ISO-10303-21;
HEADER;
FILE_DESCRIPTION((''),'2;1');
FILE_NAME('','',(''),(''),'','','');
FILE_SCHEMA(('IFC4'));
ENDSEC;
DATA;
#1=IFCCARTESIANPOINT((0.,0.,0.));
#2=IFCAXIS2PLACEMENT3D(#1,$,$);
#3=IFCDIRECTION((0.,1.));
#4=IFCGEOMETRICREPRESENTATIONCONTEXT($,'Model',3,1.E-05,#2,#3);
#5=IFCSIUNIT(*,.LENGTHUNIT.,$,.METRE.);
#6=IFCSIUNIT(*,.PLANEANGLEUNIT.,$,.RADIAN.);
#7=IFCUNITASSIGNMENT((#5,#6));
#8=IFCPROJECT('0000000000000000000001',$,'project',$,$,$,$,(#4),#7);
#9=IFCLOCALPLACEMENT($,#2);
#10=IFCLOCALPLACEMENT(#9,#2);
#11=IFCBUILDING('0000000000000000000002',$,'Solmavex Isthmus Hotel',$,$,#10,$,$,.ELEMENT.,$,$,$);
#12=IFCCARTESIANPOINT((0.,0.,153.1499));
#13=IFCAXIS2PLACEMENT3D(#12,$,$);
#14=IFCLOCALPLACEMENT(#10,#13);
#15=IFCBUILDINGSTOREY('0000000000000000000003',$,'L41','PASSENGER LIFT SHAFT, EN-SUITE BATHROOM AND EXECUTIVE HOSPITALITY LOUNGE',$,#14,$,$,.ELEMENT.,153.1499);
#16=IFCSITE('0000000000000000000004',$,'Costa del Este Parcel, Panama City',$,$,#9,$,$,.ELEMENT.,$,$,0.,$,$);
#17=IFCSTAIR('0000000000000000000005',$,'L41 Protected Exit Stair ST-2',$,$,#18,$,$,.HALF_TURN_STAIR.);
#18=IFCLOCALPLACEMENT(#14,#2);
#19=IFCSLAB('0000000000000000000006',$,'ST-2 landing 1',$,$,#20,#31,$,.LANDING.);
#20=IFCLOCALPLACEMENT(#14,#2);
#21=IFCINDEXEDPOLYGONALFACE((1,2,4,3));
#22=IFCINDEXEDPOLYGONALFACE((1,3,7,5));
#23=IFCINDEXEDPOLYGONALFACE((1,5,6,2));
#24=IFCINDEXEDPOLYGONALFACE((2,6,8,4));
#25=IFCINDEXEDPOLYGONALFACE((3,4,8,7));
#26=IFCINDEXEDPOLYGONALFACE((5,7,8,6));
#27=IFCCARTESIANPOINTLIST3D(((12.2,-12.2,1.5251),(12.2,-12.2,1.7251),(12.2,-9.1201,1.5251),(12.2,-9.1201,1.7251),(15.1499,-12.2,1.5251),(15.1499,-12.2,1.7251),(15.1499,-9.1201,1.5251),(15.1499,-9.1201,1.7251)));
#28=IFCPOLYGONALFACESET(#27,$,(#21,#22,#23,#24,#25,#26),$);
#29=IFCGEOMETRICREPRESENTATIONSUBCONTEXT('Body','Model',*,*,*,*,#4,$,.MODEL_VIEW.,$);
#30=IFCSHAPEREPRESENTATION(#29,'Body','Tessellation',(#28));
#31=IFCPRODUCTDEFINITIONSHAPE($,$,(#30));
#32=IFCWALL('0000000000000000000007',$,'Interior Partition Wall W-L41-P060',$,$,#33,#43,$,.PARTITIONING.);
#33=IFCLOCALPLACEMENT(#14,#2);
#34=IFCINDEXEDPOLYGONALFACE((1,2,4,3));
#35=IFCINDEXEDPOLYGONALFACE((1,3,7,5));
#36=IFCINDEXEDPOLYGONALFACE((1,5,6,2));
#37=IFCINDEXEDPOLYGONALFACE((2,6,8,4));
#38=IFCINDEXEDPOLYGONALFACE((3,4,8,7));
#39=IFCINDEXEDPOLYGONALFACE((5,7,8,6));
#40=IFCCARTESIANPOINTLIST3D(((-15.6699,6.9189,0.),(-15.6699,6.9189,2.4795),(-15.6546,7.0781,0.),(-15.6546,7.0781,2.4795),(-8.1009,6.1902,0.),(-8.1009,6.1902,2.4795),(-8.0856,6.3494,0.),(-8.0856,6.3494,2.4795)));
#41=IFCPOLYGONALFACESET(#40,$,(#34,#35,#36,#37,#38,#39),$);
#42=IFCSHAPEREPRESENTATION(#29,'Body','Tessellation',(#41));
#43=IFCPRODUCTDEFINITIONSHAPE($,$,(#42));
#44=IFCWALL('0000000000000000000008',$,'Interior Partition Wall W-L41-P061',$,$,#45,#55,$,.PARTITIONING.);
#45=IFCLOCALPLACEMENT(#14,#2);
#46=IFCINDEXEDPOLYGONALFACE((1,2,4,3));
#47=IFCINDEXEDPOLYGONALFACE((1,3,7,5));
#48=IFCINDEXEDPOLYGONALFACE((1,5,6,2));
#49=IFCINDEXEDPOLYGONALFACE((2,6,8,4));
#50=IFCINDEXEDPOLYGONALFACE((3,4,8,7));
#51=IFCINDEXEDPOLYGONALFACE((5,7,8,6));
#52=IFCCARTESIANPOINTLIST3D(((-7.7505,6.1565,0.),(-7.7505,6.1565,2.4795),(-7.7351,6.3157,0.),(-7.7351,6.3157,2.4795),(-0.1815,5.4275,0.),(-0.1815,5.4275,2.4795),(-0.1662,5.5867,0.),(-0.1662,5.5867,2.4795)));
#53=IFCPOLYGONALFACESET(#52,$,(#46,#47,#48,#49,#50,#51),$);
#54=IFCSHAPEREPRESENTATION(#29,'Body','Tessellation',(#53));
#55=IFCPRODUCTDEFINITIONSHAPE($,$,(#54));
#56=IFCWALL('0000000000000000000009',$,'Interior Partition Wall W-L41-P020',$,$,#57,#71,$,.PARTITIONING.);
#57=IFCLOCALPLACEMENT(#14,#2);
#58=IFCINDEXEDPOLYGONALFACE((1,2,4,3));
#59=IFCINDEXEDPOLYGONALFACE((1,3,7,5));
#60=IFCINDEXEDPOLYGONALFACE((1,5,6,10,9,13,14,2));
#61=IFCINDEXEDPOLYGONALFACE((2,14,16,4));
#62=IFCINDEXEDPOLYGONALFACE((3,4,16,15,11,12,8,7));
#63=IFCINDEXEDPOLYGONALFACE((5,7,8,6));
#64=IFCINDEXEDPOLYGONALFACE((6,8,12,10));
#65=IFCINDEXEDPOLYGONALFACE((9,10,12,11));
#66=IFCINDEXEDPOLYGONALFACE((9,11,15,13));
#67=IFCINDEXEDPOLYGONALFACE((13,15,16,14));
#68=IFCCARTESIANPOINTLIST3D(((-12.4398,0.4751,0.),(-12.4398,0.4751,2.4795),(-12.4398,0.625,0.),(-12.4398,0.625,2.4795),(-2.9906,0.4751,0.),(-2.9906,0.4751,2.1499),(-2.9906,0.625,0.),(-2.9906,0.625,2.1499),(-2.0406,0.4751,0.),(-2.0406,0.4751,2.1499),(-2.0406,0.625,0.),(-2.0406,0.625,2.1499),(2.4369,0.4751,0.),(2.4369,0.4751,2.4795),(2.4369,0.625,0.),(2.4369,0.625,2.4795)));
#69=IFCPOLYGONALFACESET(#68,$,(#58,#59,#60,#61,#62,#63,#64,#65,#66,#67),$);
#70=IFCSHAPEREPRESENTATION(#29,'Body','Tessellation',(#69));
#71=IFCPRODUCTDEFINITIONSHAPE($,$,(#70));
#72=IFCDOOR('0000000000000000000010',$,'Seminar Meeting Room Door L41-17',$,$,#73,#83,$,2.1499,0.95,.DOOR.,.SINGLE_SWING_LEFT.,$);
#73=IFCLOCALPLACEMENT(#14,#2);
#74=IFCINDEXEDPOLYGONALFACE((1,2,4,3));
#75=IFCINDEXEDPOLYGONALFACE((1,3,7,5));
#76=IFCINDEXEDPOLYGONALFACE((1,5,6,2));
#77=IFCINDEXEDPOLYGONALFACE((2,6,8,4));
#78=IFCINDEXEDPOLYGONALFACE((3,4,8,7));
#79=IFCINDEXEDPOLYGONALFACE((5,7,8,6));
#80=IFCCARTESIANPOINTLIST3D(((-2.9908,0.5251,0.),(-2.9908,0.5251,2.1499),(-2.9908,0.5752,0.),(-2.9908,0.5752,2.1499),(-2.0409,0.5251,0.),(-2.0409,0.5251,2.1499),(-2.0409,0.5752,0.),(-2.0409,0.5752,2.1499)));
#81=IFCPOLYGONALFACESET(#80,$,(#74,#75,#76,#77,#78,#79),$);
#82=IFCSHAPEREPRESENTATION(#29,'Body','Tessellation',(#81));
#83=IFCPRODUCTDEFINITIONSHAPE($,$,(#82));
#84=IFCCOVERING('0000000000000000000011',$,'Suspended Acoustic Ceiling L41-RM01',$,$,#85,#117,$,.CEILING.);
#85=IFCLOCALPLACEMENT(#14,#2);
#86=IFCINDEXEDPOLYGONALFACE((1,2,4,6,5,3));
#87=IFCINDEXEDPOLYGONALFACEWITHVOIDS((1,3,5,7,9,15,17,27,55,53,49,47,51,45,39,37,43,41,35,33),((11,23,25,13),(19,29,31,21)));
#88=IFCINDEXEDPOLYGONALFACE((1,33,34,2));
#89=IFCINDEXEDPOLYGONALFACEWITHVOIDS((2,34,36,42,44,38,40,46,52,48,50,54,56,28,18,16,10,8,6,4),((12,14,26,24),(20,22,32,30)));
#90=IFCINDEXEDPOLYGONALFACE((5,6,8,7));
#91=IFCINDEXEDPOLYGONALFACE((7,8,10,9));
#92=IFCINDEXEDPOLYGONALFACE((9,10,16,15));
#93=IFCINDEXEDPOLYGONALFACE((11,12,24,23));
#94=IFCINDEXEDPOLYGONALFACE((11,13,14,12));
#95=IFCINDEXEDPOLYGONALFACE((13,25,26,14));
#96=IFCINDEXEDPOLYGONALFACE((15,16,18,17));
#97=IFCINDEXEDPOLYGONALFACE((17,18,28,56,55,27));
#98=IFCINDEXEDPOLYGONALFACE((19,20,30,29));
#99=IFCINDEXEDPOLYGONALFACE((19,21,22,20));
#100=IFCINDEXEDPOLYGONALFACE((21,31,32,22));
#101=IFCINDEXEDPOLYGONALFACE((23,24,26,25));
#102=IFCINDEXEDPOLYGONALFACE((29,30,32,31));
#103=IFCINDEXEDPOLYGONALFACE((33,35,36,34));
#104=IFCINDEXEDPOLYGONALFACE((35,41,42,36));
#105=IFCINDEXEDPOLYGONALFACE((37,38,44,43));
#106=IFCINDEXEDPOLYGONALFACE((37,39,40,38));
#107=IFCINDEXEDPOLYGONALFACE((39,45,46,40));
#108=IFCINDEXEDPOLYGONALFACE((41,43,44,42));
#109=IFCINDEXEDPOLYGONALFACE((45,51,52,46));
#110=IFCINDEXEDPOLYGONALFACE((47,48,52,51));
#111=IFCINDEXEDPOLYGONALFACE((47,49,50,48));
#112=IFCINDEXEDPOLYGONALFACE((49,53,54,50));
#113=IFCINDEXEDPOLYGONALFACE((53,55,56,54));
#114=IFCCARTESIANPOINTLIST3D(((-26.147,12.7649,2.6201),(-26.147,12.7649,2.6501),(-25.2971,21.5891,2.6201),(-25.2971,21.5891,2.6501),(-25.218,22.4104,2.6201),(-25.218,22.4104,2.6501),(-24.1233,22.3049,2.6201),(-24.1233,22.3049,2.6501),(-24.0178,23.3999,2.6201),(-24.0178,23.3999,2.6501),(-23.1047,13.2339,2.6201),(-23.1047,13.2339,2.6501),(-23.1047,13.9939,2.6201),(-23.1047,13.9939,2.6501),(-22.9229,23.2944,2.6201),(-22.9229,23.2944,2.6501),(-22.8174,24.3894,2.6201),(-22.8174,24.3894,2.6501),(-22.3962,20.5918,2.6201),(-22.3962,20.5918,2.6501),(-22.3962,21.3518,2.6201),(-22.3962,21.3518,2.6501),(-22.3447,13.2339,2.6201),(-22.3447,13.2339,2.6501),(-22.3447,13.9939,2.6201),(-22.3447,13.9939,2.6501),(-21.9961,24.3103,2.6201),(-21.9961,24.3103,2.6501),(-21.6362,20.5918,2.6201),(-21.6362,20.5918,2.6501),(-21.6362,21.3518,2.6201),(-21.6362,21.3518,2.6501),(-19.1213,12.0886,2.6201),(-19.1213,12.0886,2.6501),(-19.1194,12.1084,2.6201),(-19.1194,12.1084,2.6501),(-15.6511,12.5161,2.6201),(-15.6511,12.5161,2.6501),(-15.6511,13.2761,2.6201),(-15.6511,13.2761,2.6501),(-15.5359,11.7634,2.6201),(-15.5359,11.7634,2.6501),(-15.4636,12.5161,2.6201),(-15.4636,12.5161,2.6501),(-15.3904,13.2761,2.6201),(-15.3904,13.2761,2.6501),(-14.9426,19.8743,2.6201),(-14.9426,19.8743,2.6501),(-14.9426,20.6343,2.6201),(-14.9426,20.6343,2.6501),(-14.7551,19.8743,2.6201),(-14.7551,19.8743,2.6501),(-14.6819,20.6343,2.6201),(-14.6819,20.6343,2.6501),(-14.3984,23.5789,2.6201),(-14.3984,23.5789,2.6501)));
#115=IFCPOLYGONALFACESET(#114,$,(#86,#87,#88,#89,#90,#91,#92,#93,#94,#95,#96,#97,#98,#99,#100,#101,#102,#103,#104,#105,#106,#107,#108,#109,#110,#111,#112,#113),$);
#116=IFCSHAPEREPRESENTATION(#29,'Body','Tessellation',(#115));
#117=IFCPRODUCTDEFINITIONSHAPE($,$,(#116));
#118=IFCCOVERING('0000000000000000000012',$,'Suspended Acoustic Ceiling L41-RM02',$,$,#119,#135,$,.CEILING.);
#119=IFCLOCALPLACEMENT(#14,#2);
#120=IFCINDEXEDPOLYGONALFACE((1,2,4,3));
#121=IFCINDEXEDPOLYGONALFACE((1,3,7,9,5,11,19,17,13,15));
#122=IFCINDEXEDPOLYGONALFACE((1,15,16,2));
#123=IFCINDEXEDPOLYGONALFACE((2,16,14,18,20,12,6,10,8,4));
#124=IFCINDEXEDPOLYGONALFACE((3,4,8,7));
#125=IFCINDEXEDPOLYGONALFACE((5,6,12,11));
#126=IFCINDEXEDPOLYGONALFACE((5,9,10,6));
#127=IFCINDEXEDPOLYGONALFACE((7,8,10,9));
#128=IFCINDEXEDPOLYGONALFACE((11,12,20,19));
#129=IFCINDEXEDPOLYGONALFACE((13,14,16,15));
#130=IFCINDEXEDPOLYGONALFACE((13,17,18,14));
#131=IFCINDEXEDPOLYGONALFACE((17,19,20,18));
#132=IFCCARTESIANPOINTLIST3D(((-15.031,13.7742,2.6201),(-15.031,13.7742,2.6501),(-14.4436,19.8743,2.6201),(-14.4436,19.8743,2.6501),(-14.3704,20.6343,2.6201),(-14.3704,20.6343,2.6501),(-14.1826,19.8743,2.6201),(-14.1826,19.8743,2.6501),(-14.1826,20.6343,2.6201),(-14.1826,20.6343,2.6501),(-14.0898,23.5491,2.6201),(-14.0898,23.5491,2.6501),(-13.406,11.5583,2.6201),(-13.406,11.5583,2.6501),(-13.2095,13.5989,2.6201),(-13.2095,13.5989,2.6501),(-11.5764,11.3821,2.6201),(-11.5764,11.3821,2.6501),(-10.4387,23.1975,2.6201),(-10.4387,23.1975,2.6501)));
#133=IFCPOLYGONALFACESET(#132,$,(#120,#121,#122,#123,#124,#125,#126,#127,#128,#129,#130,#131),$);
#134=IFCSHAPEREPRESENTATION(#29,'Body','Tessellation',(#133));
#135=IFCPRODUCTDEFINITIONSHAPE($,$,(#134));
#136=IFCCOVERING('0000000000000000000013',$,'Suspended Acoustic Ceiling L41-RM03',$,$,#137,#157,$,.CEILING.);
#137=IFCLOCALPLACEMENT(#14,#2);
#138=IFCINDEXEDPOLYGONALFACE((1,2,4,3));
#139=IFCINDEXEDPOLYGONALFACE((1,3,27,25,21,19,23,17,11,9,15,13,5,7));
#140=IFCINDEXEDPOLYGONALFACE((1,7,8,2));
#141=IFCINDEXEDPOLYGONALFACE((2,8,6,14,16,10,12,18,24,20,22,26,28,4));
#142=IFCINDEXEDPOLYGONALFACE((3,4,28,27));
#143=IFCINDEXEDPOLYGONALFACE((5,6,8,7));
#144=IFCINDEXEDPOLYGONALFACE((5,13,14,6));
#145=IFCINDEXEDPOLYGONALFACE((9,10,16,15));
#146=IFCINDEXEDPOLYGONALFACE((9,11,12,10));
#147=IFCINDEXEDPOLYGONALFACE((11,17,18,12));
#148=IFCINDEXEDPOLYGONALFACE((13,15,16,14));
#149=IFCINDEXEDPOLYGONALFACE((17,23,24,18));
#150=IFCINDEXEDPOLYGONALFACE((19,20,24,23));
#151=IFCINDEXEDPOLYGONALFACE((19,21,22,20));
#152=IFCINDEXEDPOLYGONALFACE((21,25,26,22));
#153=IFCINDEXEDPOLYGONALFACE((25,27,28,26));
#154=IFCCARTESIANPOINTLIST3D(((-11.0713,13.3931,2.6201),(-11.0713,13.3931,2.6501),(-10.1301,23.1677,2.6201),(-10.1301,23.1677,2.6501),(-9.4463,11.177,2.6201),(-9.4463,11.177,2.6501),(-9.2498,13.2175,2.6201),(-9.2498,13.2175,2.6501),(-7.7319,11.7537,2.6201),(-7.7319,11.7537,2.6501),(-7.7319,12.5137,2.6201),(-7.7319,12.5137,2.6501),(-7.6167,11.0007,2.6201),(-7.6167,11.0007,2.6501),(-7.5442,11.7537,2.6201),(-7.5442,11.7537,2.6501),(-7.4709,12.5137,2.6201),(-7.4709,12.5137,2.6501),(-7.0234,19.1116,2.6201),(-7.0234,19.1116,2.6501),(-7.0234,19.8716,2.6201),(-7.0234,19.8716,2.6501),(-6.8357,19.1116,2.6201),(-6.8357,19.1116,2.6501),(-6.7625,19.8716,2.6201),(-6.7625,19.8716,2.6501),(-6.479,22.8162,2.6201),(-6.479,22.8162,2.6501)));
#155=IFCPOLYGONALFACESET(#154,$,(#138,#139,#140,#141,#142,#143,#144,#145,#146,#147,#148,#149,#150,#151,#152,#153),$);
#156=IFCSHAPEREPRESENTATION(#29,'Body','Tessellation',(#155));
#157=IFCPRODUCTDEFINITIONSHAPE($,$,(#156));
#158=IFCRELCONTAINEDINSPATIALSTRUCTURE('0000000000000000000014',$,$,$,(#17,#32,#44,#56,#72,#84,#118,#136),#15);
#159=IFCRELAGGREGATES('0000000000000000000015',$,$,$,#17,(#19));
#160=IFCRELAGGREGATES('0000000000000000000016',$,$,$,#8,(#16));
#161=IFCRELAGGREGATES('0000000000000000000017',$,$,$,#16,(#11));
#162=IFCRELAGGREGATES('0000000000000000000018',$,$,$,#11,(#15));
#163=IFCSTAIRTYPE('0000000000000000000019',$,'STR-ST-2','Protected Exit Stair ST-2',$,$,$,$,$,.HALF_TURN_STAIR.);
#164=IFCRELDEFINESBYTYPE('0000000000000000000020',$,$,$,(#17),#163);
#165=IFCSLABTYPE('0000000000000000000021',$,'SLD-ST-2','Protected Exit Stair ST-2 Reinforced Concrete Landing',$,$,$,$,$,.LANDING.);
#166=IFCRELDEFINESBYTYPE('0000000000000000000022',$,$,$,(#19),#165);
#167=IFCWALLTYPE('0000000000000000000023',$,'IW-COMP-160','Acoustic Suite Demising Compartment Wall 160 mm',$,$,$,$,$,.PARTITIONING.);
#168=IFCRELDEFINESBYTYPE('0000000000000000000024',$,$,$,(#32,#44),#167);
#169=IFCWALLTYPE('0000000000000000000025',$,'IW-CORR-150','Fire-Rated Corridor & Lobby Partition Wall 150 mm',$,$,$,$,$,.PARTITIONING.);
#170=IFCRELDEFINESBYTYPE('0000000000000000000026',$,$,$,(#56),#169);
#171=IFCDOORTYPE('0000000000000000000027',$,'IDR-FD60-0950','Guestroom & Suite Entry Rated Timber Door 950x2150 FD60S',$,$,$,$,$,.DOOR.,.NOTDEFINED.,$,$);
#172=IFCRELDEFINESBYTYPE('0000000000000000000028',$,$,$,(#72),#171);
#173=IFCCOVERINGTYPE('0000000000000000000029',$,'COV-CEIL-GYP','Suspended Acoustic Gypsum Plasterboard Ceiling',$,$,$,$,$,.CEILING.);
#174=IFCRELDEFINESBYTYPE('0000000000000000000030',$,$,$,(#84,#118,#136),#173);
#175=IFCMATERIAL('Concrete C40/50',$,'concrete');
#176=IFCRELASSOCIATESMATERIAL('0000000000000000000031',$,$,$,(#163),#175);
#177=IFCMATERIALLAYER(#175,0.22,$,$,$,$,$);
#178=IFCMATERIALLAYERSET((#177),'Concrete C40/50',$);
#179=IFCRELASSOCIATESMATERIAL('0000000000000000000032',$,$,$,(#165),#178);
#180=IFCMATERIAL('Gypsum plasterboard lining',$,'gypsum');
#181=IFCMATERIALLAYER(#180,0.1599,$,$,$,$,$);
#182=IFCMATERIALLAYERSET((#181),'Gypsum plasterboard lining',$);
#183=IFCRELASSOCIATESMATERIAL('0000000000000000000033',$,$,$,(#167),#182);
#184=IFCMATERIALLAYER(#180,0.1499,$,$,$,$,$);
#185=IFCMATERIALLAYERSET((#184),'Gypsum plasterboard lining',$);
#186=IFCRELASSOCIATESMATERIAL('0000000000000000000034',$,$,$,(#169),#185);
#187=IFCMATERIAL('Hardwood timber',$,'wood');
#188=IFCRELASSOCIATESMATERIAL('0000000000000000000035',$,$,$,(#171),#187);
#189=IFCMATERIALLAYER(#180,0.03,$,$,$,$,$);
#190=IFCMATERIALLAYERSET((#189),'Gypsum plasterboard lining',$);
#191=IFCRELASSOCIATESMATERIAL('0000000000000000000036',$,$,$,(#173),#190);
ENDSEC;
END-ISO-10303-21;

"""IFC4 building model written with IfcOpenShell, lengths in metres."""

from ifc_helpers import new_model, si_unit, direction, frame, frame_2d, origin, place, context, subcontext, project, spatial, polyline, rectangle, outline, extrude, material, layer, layer_set, type_object, element, fill, aggregate, save


model = new_model("IFC4")

# Units and contexts
model_context = context("Model", 3, precision=1e-05, world=origin(), true_north=direction((0.0, 1.0)))
body_context = subcontext(model_context, "Body", "Model", "MODEL_VIEW")
ifc_project = project(units=[si_unit("LENGTHUNIT", "METRE"), si_unit("PLANEANGLEUNIT", "RADIAN")], contexts=[model_context])

# Site, building, storey
site_placement = place(None, origin())
site = spatial("IfcSite", under=ifc_project, at=site_placement, Name="Costa del Este Parcel, Panama City", CompositionType="ELEMENT", RefElevation=0.0)
building_placement = place(site_placement, origin())
building = spatial("IfcBuilding", under=site, at=building_placement, Name="Solmavex Isthmus Hotel", CompositionType="ELEMENT")
storey_placement = place(building_placement, frame((0.0, 0.0, 153.1499)))
storey = spatial("IfcBuildingStorey", under=building, at=storey_placement, Name="L41", Description="PASSENGER LIFT SHAFT, EN-SUITE BATHROOM AND EXECUTIVE HOSPITALITY LOUNGE", CompositionType="ELEMENT", Elevation=153.1499)

# Shared definitions
ifc_material_1 = material(Name="Concrete C40/50", Category="concrete")

# Stair, slab
stair_type_1 = type_object("IfcStairType", Name="STR-ST-2", Description="Protected Exit Stair ST-2", PredefinedType="HALF_TURN_STAIR", material=ifc_material_1)
stair_1_placement = place(storey_placement, origin())
stair_1 = element("IfcStair", 1, at=stair_1_placement, inside=storey, type_object=stair_type_1, Name="L41 Protected Exit Stair ST-2", PredefinedType="HALF_TURN_STAIR")
ifc_layer_1 = layer(ifc_material_1, 0.22)
ifc_layer_set_1 = layer_set([ifc_layer_1], Name="Concrete C40/50")
slab_type_1 = type_object("IfcSlabType", Name="SLD-ST-2", Description="Protected Exit Stair ST-2 Reinforced Concrete Landing", PredefinedType="LANDING", material=ifc_layer_set_1)
slab_1_placement = place(storey_placement, frame((0.0, 0.0, 1.5251)))
slab_1 = element("IfcSlab", 2, at=slab_1_placement, type_object=slab_type_1, Name="ST-2 landing 1", PredefinedType="LANDING", context=body_context, shape_type="SweptSolid", body=[
    extrude(outline(polyline([(12.2, -9.1201), (12.2, -12.2), (15.1499, -12.2), (15.1499, -9.1201), (12.2, -9.1201)])), origin(), (0.0, 0.0, 1.0), 0.2),
])
aggregate(stair_1, [slab_1])

# Walls
ifc_material_2 = material(Name="Gypsum plasterboard lining", Category="gypsum")
ifc_layer_2 = layer(ifc_material_2, 0.1599)
ifc_layer_set_2 = layer_set([ifc_layer_2], Name="Gypsum plasterboard lining")
wall_type_1 = type_object("IfcWallType", Name="IW-COMP-160", Description="Acoustic Suite Demising Compartment Wall 160 mm", PredefinedType="PARTITIONING", material=ifc_layer_set_2)
for number, where, z_axis, x_axis, name in (
    (3, (-8.0933, 6.2698, 0.0), (0.0, 0.0, 1.0), (-0.995397, 0.095838, 0.0), "Interior Partition Wall W-L41-P060"),
    (4, (-0.1738, 5.5071, 0.0), (0.0, 0.0, 1.0), (-0.995394, 0.09587, 0.0), "Interior Partition Wall W-L41-P061"),
):
    element("IfcWall", number, at=place(storey_placement, frame(where, z_axis=z_axis, x_axis=x_axis)), inside=storey, type_object=wall_type_1, Name=name, PredefinedType="PARTITIONING", context=body_context, shape_type="SweptSolid", body=[
        extrude(rectangle(XDim=7.604, YDim=0.1599, at=frame_2d((3.802, 0.0))), origin(), (0.0, 0.0, 1.0), 2.4795),
    ])

# Wall, opening, door
ifc_layer_3 = layer(ifc_material_2, 0.1499)
ifc_layer_set_3 = layer_set([ifc_layer_3], Name="Gypsum plasterboard lining")
wall_type_2 = type_object("IfcWallType", Name="IW-CORR-150", Description="Fire-Rated Corridor & Lobby Partition Wall 150 mm", PredefinedType="PARTITIONING", material=ifc_layer_set_3)
wall_placement = place(storey_placement, frame((-12.4399, 0.55, 0.0), z_axis=(0.0, 0.0, 1.0), x_axis=(1.0, 0.0, 0.0)))
wall = element("IfcWall", 5, at=wall_placement, inside=storey, type_object=wall_type_2, Name="Interior Partition Wall W-L41-P020", PredefinedType="PARTITIONING", context=body_context, shape_type="SweptSolid", body=[
    extrude(rectangle(XDim=14.8767, YDim=0.1499, at=frame_2d((7.4385, 0.0))), origin(), (0.0, 0.0, 1.0), 2.4795),
])
opening_placement = place(wall_placement, frame((9.4492, 0.0, 0.0)))
opening = element("IfcOpeningElement", 6, at=opening_placement, cuts=wall, PredefinedType="OPENING", context=body_context, shape_type="SweptSolid", body=[
    extrude(rectangle(XDim=0.95, YDim=2.1499, at=frame_2d((0.4751, 1.075))), frame((0.0, 0.085, 0.0), z_axis=(0.0, -1.0, 0.0), x_axis=(1.0, 0.0, 0.0)), (0.0, 0.0, 1.0), 0.1699),
])
ifc_material_3 = material(Name="Hardwood timber", Category="wood")
door_type = type_object("IfcDoorType", Name="IDR-FD60-0950", Description="Guestroom & Suite Entry Rated Timber Door 950x2150 FD60S", OperationType="NOTDEFINED", PredefinedType="DOOR", material=ifc_material_3)
door_placement = place(opening_placement, frame((0.95, 0.0, 0.0), z_axis=(0.0, 0.0, 1.0), x_axis=(-1.0, 0.0, 0.0)))
door = element("IfcDoor", 7, at=door_placement, inside=storey, type_object=door_type, Name="Seminar Meeting Room Door L41-17", OperationType="SINGLE_SWING_LEFT", OverallHeight=2.1499, OverallWidth=0.95, PredefinedType="DOOR", context=body_context, shape_type="SweptSolid", body=[
    extrude(rectangle(XDim=0.95, YDim=2.1499, at=frame_2d((0.4751, 1.075))), frame((0.0, 0.0249, 0.0), z_axis=(0.0, -1.0, 0.0), x_axis=(1.0, 0.0, 0.0)), (0.0, 0.0, 1.0), 0.05),
])
fill(opening, door)

# Coverings
ifc_layer_4 = layer(ifc_material_2, 0.03)
ifc_layer_set_4 = layer_set([ifc_layer_4], Name="Gypsum plasterboard lining")
covering_type_1 = type_object("IfcCoveringType", Name="COV-CEIL-GYP", Description="Suspended Acoustic Gypsum Plasterboard Ceiling", PredefinedType="CEILING", material=ifc_layer_set_4)
covering_1_placement = place(storey_placement, frame((0.0, 0.0, 2.6201)))
element("IfcCovering", 8, at=covering_1_placement, inside=storey, type_object=covering_type_1, Name="Suspended Acoustic Ceiling L41-RM01", PredefinedType="CEILING", context=body_context, shape_type="SweptSolid", body=[
    extrude(outline(polyline([(-19.1213, 12.0886), (-19.1194, 12.1084), (-15.5359, 11.7634), (-15.4636, 12.5161), (-15.6511, 12.5161), (-15.6511, 13.2761), (-15.3904, 13.2761), (-14.7551, 19.8743), (-14.9426, 19.8743), (-14.9426, 20.6343), (-14.6819, 20.6343), (-14.3984, 23.5789), (-21.9961, 24.3103), (-22.8174, 24.3894), (-22.9229, 23.2944), (-24.0178, 23.3999), (-24.1233, 22.3049), (-25.218, 22.4104), (-25.2971, 21.5891), (-26.147, 12.7649), (-19.1213, 12.0886)]), holes=[polyline([(-22.3962, 20.5918), (-22.3962, 21.3518), (-21.6362, 21.3518), (-21.6362, 20.5918), (-22.3962, 20.5918)]), polyline([(-23.1047, 13.2339), (-23.1047, 13.9939), (-22.3447, 13.9939), (-22.3447, 13.2339), (-23.1047, 13.2339)])]), origin(), (0.0, 0.0, 1.0), 0.03),
])
covering_2_placement = place(storey_placement, frame((0.0, 0.0, 2.6201)))
element("IfcCovering", 9, at=covering_2_placement, inside=storey, type_object=covering_type_1, Name="Suspended Acoustic Ceiling L41-RM02", PredefinedType="CEILING", context=body_context, shape_type="SweptSolid", body=[
    extrude(outline(polyline([(-14.3704, 20.6343), (-14.1826, 20.6343), (-14.1826, 19.8743), (-14.4436, 19.8743), (-15.031, 13.7742), (-13.2095, 13.5989), (-13.406, 11.5583), (-11.5764, 11.3821), (-10.4387, 23.1975), (-14.0898, 23.5491), (-14.3704, 20.6343)])), origin(), (0.0, 0.0, 1.0), 0.03),
])
covering_3_placement = place(storey_placement, frame((0.0, 0.0, 2.6201)))
element("IfcCovering", 10, at=covering_3_placement, inside=storey, type_object=covering_type_1, Name="Suspended Acoustic Ceiling L41-RM03", PredefinedType="CEILING", context=body_context, shape_type="SweptSolid", body=[
    extrude(outline(polyline([(-6.8357, 19.1116), (-7.0234, 19.1116), (-7.0234, 19.8716), (-6.7625, 19.8716), (-6.479, 22.8162), (-10.1301, 23.1677), (-11.0713, 13.3931), (-9.2498, 13.2175), (-9.4463, 11.177), (-7.6167, 11.0007), (-7.5442, 11.7537), (-7.7319, 11.7537), (-7.7319, 12.5137), (-7.4709, 12.5137), (-6.8357, 19.1116)])), origin(), (0.0, 0.0, 1.0), 0.03),
])

save(model, "model.ifc")
